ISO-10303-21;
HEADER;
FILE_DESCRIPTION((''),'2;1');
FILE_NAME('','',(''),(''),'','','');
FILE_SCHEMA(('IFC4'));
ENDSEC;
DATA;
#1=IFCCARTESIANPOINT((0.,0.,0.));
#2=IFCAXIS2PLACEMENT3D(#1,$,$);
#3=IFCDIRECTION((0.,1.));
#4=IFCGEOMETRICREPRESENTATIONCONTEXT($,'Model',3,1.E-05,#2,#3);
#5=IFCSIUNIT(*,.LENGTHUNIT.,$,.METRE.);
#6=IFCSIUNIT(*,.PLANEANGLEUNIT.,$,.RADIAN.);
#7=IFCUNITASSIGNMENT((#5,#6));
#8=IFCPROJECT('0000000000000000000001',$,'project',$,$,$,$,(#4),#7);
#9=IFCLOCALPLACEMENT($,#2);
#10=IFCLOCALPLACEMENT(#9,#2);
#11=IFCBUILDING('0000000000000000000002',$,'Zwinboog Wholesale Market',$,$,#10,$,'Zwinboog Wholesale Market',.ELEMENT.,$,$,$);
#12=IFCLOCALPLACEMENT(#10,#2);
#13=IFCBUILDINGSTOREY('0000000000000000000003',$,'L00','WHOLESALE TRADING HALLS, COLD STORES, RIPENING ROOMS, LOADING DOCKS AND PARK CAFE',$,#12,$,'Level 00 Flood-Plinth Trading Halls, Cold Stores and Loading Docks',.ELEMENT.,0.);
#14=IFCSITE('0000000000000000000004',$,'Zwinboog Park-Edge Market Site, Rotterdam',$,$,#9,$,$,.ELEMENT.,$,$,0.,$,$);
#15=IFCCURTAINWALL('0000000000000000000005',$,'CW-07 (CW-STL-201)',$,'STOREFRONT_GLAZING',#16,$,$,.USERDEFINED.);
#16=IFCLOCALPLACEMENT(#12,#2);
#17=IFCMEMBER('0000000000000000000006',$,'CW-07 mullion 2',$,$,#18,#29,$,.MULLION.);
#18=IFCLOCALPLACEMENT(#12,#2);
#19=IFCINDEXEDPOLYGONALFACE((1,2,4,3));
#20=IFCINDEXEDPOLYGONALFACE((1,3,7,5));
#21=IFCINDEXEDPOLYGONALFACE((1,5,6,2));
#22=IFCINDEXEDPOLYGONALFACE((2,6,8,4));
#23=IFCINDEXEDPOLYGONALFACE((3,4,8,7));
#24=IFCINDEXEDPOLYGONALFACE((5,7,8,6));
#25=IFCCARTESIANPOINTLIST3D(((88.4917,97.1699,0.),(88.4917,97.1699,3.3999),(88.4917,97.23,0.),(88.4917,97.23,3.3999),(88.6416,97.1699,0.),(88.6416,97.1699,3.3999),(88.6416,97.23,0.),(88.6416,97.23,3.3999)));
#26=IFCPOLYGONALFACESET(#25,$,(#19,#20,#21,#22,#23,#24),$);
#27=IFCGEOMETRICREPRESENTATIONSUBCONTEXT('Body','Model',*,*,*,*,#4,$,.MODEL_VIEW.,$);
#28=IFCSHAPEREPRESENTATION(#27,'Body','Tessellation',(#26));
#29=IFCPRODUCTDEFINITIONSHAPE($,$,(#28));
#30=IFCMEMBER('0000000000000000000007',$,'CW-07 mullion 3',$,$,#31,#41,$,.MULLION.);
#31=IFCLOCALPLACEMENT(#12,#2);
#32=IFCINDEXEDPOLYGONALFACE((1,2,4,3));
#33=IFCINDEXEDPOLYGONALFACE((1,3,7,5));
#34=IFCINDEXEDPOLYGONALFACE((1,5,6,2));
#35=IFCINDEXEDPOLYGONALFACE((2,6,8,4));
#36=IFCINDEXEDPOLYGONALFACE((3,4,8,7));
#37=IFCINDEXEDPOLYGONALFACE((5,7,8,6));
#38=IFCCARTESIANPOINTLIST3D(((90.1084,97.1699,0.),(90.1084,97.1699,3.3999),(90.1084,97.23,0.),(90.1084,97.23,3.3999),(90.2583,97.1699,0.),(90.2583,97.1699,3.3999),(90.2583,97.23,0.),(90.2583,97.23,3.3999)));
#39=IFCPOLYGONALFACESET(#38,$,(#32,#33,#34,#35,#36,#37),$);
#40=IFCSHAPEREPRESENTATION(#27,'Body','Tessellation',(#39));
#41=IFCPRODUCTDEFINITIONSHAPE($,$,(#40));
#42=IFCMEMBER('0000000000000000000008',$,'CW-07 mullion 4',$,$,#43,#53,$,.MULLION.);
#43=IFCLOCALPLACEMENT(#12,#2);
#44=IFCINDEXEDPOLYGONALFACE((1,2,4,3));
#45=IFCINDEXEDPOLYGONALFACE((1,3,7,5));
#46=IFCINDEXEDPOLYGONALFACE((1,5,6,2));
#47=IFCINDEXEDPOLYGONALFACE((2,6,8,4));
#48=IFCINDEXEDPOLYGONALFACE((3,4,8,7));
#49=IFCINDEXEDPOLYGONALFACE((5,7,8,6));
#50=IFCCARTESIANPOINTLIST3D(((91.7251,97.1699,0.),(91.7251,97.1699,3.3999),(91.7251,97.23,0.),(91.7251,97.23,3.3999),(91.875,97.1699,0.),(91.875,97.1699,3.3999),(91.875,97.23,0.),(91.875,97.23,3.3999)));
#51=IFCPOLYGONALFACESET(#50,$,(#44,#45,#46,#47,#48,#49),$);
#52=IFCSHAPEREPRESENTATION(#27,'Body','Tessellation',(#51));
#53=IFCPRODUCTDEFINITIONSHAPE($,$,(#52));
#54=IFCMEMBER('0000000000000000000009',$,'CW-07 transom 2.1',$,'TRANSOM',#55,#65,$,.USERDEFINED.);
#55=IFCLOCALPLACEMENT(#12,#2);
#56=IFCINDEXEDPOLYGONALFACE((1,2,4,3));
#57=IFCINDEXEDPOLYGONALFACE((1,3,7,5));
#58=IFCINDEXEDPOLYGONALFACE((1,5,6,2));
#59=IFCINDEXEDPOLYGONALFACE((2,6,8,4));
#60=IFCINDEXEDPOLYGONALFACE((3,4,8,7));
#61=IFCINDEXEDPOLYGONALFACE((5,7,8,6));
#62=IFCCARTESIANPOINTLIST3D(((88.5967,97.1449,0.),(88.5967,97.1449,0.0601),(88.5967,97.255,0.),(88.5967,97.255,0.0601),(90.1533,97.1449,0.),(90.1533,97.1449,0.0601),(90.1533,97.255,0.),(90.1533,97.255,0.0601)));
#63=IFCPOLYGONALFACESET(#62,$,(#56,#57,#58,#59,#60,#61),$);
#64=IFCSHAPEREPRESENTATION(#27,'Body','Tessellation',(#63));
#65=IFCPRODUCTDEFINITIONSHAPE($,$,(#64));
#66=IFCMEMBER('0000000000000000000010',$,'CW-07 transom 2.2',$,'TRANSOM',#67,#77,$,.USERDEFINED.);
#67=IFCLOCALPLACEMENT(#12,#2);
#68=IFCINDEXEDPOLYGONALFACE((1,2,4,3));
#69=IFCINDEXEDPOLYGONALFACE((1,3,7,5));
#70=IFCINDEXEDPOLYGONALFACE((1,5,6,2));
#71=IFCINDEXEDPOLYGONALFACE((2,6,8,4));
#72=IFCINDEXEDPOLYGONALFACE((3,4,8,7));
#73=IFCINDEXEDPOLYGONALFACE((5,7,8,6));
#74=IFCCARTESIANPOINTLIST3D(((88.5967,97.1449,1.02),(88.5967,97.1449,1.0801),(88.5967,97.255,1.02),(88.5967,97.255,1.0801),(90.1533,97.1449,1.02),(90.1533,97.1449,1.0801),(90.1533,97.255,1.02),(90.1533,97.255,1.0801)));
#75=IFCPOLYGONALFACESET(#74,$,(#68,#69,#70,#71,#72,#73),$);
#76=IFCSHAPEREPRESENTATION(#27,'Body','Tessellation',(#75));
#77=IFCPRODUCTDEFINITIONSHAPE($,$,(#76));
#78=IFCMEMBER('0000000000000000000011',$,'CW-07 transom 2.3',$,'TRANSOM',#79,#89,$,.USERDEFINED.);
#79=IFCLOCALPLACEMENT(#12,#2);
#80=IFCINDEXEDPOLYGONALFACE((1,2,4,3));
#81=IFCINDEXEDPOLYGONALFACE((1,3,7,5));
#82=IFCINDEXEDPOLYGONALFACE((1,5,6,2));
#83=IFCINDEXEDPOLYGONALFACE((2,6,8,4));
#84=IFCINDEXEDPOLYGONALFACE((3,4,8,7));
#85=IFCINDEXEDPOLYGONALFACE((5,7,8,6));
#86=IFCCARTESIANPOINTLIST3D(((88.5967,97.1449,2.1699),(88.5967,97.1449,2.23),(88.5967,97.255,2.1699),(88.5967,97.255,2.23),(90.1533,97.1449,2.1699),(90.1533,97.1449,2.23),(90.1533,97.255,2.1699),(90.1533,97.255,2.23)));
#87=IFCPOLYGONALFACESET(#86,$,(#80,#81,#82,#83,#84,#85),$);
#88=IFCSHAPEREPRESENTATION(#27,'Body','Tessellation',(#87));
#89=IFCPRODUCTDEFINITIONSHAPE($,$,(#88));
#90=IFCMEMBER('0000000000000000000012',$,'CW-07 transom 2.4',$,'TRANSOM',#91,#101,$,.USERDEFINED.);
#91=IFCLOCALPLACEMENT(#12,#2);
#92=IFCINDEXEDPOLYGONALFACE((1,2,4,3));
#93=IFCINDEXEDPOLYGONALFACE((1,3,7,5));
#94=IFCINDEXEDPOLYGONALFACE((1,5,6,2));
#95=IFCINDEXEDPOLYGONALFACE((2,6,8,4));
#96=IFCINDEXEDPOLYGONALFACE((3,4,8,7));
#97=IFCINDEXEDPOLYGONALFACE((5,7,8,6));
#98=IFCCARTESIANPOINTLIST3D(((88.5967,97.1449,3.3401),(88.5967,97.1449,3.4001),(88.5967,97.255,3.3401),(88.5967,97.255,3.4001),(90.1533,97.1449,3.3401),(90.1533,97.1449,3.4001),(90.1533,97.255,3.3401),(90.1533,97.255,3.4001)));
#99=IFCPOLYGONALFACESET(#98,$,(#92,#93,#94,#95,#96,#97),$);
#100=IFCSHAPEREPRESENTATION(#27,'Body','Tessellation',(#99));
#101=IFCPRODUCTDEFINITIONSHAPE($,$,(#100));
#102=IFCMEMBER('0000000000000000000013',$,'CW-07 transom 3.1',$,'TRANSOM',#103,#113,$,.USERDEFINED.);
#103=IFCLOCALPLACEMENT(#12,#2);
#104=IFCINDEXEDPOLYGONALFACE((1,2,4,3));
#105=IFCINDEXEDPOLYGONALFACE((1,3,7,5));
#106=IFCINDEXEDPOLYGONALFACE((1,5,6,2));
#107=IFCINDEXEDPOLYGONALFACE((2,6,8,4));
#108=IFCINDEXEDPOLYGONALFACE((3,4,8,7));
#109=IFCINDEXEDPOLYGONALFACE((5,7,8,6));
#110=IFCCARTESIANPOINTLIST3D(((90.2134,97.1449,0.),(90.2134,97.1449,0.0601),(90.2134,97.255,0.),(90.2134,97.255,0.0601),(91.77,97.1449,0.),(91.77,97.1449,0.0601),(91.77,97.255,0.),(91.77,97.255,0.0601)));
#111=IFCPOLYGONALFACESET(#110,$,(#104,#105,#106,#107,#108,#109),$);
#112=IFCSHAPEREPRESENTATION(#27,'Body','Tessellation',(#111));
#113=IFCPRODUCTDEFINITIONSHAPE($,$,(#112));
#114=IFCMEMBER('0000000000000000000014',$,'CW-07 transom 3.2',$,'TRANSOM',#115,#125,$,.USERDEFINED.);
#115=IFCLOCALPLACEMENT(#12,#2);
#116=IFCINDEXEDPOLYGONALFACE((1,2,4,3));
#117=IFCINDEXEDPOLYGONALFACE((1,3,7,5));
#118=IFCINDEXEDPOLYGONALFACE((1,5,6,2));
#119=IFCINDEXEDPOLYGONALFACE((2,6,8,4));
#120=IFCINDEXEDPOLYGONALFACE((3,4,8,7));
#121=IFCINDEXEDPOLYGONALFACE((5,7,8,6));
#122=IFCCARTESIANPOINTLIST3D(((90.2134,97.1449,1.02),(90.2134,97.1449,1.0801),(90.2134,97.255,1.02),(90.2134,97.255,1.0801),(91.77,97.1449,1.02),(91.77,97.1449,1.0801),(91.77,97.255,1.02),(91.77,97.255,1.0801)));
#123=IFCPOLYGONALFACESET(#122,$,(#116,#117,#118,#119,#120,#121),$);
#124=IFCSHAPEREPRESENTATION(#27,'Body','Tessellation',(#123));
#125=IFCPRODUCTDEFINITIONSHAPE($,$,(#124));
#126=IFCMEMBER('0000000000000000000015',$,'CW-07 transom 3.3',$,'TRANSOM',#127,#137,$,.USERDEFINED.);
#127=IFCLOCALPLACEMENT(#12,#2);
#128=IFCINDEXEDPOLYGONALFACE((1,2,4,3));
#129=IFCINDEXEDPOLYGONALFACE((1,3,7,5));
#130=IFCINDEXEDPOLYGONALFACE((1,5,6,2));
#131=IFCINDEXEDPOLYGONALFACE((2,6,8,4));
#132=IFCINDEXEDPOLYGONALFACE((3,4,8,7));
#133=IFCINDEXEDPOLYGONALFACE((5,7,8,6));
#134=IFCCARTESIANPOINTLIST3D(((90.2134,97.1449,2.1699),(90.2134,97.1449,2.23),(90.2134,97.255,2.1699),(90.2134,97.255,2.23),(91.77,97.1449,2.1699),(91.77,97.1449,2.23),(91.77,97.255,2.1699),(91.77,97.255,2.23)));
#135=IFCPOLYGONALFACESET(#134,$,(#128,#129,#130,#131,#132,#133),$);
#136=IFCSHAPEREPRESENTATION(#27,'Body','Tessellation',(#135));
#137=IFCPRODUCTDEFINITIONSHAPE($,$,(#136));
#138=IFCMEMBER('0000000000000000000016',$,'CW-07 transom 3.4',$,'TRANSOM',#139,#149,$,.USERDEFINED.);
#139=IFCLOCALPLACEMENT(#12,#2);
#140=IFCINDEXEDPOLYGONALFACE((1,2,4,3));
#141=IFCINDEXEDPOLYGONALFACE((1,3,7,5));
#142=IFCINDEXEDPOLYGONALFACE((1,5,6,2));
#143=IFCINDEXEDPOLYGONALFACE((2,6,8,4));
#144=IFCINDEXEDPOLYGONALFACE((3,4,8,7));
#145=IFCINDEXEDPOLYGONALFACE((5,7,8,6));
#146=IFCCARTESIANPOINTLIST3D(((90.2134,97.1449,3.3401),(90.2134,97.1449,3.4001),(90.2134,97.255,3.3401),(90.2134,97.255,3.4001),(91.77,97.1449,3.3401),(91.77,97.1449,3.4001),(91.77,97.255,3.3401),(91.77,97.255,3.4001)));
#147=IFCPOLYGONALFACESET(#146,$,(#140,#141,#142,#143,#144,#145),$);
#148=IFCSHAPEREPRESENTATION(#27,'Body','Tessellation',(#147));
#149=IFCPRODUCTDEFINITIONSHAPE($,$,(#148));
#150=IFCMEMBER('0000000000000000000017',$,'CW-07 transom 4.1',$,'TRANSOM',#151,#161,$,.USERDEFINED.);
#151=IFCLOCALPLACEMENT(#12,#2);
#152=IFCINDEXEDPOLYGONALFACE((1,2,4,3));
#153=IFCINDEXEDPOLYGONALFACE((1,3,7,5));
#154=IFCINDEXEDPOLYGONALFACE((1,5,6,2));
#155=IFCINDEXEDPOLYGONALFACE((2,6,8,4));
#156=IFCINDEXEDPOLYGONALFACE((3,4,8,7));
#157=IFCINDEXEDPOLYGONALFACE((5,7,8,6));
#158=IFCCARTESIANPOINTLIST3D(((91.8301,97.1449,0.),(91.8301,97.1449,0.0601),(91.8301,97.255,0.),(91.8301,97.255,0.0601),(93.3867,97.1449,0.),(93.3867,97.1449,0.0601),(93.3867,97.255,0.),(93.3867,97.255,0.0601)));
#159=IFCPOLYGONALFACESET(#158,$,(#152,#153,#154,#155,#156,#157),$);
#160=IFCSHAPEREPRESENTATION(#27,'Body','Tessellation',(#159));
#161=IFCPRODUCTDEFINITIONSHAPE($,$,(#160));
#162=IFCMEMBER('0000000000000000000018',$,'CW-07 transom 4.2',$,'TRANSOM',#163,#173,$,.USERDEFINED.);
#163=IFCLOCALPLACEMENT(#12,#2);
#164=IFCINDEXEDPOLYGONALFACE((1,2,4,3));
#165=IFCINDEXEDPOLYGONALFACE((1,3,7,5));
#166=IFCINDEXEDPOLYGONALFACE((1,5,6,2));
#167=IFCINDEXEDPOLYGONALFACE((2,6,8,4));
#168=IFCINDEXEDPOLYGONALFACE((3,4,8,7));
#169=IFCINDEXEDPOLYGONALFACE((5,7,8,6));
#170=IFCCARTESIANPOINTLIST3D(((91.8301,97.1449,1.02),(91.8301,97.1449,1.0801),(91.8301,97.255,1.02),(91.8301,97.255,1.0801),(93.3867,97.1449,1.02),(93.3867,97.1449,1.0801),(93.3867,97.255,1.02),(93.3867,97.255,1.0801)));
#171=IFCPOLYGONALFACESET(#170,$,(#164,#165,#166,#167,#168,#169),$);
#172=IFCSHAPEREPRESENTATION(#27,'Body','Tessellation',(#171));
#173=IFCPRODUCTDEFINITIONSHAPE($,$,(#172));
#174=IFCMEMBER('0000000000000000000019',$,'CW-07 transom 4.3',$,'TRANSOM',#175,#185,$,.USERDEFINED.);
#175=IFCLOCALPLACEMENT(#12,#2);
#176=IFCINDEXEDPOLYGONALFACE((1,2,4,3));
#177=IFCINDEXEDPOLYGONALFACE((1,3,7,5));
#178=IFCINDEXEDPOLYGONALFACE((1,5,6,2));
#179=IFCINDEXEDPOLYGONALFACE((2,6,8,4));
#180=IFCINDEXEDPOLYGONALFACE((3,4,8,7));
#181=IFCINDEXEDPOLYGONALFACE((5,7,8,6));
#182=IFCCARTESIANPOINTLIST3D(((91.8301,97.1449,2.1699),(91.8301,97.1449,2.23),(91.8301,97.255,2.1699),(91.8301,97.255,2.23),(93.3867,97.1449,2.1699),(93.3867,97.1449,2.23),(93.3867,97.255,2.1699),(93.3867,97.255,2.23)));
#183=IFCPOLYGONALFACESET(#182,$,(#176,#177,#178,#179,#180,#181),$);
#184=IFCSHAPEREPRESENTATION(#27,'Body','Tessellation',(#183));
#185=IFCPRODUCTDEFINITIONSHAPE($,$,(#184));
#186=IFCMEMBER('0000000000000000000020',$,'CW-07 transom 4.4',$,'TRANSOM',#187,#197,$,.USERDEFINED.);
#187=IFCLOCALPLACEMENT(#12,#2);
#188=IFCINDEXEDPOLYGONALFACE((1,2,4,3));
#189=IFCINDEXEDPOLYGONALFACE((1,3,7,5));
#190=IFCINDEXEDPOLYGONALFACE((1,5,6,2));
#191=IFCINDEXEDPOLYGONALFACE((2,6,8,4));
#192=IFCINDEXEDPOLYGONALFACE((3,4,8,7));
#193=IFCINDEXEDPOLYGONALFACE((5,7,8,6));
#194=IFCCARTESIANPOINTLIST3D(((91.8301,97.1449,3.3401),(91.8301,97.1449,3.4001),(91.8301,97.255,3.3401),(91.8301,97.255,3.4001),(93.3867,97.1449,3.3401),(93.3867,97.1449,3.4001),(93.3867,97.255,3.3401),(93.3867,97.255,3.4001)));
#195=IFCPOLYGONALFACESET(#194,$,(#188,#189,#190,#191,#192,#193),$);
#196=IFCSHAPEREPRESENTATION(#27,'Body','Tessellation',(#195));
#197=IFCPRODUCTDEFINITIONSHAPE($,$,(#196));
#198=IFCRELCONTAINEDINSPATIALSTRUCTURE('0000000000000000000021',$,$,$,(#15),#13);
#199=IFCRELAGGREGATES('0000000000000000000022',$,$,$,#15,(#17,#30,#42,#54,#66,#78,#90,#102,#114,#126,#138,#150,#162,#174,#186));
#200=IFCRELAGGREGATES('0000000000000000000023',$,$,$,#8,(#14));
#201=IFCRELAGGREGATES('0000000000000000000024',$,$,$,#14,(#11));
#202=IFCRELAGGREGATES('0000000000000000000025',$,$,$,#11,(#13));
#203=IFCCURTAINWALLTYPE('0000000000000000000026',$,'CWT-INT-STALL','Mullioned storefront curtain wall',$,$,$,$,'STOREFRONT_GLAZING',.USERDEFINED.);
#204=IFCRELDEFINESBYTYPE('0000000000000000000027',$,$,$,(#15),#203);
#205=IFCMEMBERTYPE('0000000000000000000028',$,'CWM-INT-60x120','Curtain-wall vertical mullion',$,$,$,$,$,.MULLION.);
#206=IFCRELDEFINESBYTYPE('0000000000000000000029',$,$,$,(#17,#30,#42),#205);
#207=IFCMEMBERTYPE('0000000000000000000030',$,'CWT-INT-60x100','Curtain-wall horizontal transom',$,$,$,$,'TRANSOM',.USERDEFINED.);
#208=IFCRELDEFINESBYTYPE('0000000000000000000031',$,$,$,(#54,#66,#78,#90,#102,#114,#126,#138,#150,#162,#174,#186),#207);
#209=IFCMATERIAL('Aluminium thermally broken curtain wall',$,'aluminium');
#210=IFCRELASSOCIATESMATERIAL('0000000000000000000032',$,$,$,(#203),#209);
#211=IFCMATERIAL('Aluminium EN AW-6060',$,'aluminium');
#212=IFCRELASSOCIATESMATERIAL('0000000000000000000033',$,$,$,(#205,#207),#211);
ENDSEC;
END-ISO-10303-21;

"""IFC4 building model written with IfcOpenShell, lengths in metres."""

from ifc_helpers import new_model, si_unit, direction, frame, origin, origin_2d, place, context, subcontext, project, spatial, rectangle, extrude, material, material_profile, profile_set, type_object, element, aggregate, save


model = new_model("IFC4")

# Units and contexts
model_context = context("Model", 3, precision=1e-05, world=origin(), true_north=direction((0.0, 1.0)))
body_context = subcontext(model_context, "Body", "Model", "MODEL_VIEW")
ifc_project = project(units=[si_unit("LENGTHUNIT", "METRE"), si_unit("PLANEANGLEUNIT", "RADIAN")], contexts=[model_context])

# Site, building, storey
site_placement = place(None, origin())
site = spatial("IfcSite", under=ifc_project, at=site_placement, Name="Zwinboog Park-Edge Market Site, Rotterdam", CompositionType="ELEMENT", RefElevation=0.0)
building_placement = place(site_placement, origin())
building = spatial("IfcBuilding", under=site, at=building_placement, Name="Zwinboog Wholesale Market", LongName="Zwinboog Wholesale Market", CompositionType="ELEMENT")
storey_placement = place(building_placement, origin())
storey = spatial("IfcBuildingStorey", under=building, at=storey_placement, Name="L00", Description="WHOLESALE TRADING HALLS, COLD STORES, RIPENING ROOMS, LOADING DOCKS AND PARK CAFE", LongName="Level 00 Flood-Plinth Trading Halls, Cold Stores and Loading Docks", CompositionType="ELEMENT", Elevation=0.0)

# Curtain wall, members
ifc_material_1 = material(Name="Aluminium thermally broken curtain wall", Category="aluminium")
curtain_wall_type = type_object("IfcCurtainWallType", Name="CWT-INT-STALL", Description="Mullioned storefront curtain wall", ElementType="STOREFRONT_GLAZING", PredefinedType="USERDEFINED", material=ifc_material_1)
curtain_wall_placement = place(storey_placement, origin())
curtain_wall = element("IfcCurtainWall", 1, at=curtain_wall_placement, inside=storey, type_object=curtain_wall_type, Name="CW-07 (CW-STL-201)", ObjectType="STOREFRONT_GLAZING", PredefinedType="USERDEFINED")
ifc_material_2 = material(Name="Aluminium EN AW-6060", Category="aluminium")
ifc_material_profile_1 = material_profile(ifc_material_2, rectangle(XDim=0.0601, YDim=0.1499, at=origin_2d()), Name="AL 60x150")
ifc_profile_set_1 = profile_set([ifc_material_profile_1], Name="Aluminium EN AW-6060")
member_type_1 = type_object("IfcMemberType", Name="CWM-INT-60x120", Description="Curtain-wall vertical mullion", PredefinedType="MULLION", material=ifc_profile_set_1)
member_1_placement = place(storey_placement, frame((88.5667, 97.2, 0.0), z_axis=(0.0, 0.0, 1.0), x_axis=(0.0, 1.0, 0.0)))
member_1 = element("IfcMember", 2, at=member_1_placement, type_object=member_type_1, Name="CW-07 mullion 2", PredefinedType="MULLION", context=body_context, shape_type="SweptSolid", body=[
    extrude(rectangle(XDim=0.0601, YDim=0.1499, at=origin_2d()), origin(), (0.0, 0.0, 1.0), 3.3999),
])
member_2_placement = place(storey_placement, frame((90.1833, 97.2, 0.0), z_axis=(0.0, 0.0, 1.0), x_axis=(0.0, 1.0, 0.0)))
member_2 = element("IfcMember", 3, at=member_2_placement, type_object=member_type_1, Name="CW-07 mullion 3", PredefinedType="MULLION", context=body_context, shape_type="SweptSolid", body=[
    extrude(rectangle(XDim=0.0601, YDim=0.1499, at=origin_2d()), origin(), (0.0, 0.0, 1.0), 3.3999),
])
member_3_placement = place(storey_placement, frame((91.8, 97.2, 0.0), z_axis=(0.0, 0.0, 1.0), x_axis=(0.0, 1.0, 0.0)))
member_3 = element("IfcMember", 4, at=member_3_placement, type_object=member_type_1, Name="CW-07 mullion 4", PredefinedType="MULLION", context=body_context, shape_type="SweptSolid", body=[
    extrude(rectangle(XDim=0.0601, YDim=0.1499, at=origin_2d()), origin(), (0.0, 0.0, 1.0), 3.3999),
])
ifc_material_profile_2 = material_profile(ifc_material_2, rectangle(XDim=0.1101, YDim=0.0601, at=origin_2d()), Name="AL 60x110")
ifc_profile_set_2 = profile_set([ifc_material_profile_2], Name="Aluminium EN AW-6060")
member_type_2 = type_object("IfcMemberType", Name="CWT-INT-60x100", Description="Curtain-wall horizontal transom", ElementType="TRANSOM", PredefinedType="USERDEFINED", material=ifc_profile_set_2)
member_4_placement = place(storey_placement, frame((88.5967, 97.2, 0.03), z_axis=(1.0, 0.0, 0.0), x_axis=(0.0, 1.0, 0.0)))
member_4 = element("IfcMember", 5, at=member_4_placement, type_object=member_type_2, Name="CW-07 transom 2.1", ObjectType="TRANSOM", PredefinedType="USERDEFINED", context=body_context, shape_type="SweptSolid", body=[
    extrude(rectangle(XDim=0.1101, YDim=0.0601, at=origin_2d()), origin(), (0.0, 0.0, 1.0), 1.5566),
])
member_5_placement = place(storey_placement, frame((88.5967, 97.2, 1.05), z_axis=(1.0, 0.0, 0.0), x_axis=(0.0, 1.0, 0.0)))
member_5 = element("IfcMember", 6, at=member_5_placement, type_object=member_type_2, Name="CW-07 transom 2.2", ObjectType="TRANSOM", PredefinedType="USERDEFINED", context=body_context, shape_type="SweptSolid", body=[
    extrude(rectangle(XDim=0.1101, YDim=0.0601, at=origin_2d()), origin(), (0.0, 0.0, 1.0), 1.5566),
])
member_6_placement = place(storey_placement, frame((88.5967, 97.2, 2.2), z_axis=(1.0, 0.0, 0.0), x_axis=(0.0, 1.0, 0.0)))
member_6 = element("IfcMember", 7, at=member_6_placement, type_object=member_type_2, Name="CW-07 transom 2.3", ObjectType="TRANSOM", PredefinedType="USERDEFINED", context=body_context, shape_type="SweptSolid", body=[
    extrude(rectangle(XDim=0.1101, YDim=0.0601, at=origin_2d()), origin(), (0.0, 0.0, 1.0), 1.5566),
])
member_7_placement = place(storey_placement, frame((88.5967, 97.2, 3.3701), z_axis=(1.0, 0.0, 0.0), x_axis=(0.0, 1.0, 0.0)))
member_7 = element("IfcMember", 8, at=member_7_placement, type_object=member_type_2, Name="CW-07 transom 2.4", ObjectType="TRANSOM", PredefinedType="USERDEFINED", context=body_context, shape_type="SweptSolid", body=[
    extrude(rectangle(XDim=0.1101, YDim=0.0601, at=origin_2d()), origin(), (0.0, 0.0, 1.0), 1.5566),
])
member_8_placement = place(storey_placement, frame((90.2134, 97.2, 0.03), z_axis=(1.0, 0.0, 0.0), x_axis=(0.0, 1.0, 0.0)))
member_8 = element("IfcMember", 9, at=member_8_placement, type_object=member_type_2, Name="CW-07 transom 3.1", ObjectType="TRANSOM", PredefinedType="USERDEFINED", context=body_context, shape_type="SweptSolid", body=[
    extrude(rectangle(XDim=0.1101, YDim=0.0601, at=origin_2d()), origin(), (0.0, 0.0, 1.0), 1.5566),
])
member_9_placement = place(storey_placement, frame((90.2134, 97.2, 1.05), z_axis=(1.0, 0.0, 0.0), x_axis=(0.0, 1.0, 0.0)))
member_9 = element("IfcMember", 10, at=member_9_placement, type_object=member_type_2, Name="CW-07 transom 3.2", ObjectType="TRANSOM", PredefinedType="USERDEFINED", context=body_context, shape_type="SweptSolid", body=[
    extrude(rectangle(XDim=0.1101, YDim=0.0601, at=origin_2d()), origin(), (0.0, 0.0, 1.0), 1.5566),
])
member_10_placement = place(storey_placement, frame((90.2134, 97.2, 2.2), z_axis=(1.0, 0.0, 0.0), x_axis=(0.0, 1.0, 0.0)))
member_10 = element("IfcMember", 11, at=member_10_placement, type_object=member_type_2, Name="CW-07 transom 3.3", ObjectType="TRANSOM", PredefinedType="USERDEFINED", context=body_context, shape_type="SweptSolid", body=[
    extrude(rectangle(XDim=0.1101, YDim=0.0601, at=origin_2d()), origin(), (0.0, 0.0, 1.0), 1.5566),
])
member_11_placement = place(storey_placement, frame((90.2134, 97.2, 3.3701), z_axis=(1.0, 0.0, 0.0), x_axis=(0.0, 1.0, 0.0)))
member_11 = element("IfcMember", 12, at=member_11_placement, type_object=member_type_2, Name="CW-07 transom 3.4", ObjectType="TRANSOM", PredefinedType="USERDEFINED", context=body_context, shape_type="SweptSolid", body=[
    extrude(rectangle(XDim=0.1101, YDim=0.0601, at=origin_2d()), origin(), (0.0, 0.0, 1.0), 1.5566),
])
member_12_placement = place(storey_placement, frame((91.8301, 97.2, 0.03), z_axis=(1.0, 0.0, 0.0), x_axis=(0.0, 1.0, 0.0)))
member_12 = element("IfcMember", 13, at=member_12_placement, type_object=member_type_2, Name="CW-07 transom 4.1", ObjectType="TRANSOM", PredefinedType="USERDEFINED", context=body_context, shape_type="SweptSolid", body=[
    extrude(rectangle(XDim=0.1101, YDim=0.0601, at=origin_2d()), origin(), (0.0, 0.0, 1.0), 1.5566),
])
member_13_placement = place(storey_placement, frame((91.8301, 97.2, 1.05), z_axis=(1.0, 0.0, 0.0), x_axis=(0.0, 1.0, 0.0)))
member_13 = element("IfcMember", 14, at=member_13_placement, type_object=member_type_2, Name="CW-07 transom 4.2", ObjectType="TRANSOM", PredefinedType="USERDEFINED", context=body_context, shape_type="SweptSolid", body=[
    extrude(rectangle(XDim=0.1101, YDim=0.0601, at=origin_2d()), origin(), (0.0, 0.0, 1.0), 1.5566),
])
member_14_placement = place(storey_placement, frame((91.8301, 97.2, 2.2), z_axis=(1.0, 0.0, 0.0), x_axis=(0.0, 1.0, 0.0)))
member_14 = element("IfcMember", 15, at=member_14_placement, type_object=member_type_2, Name="CW-07 transom 4.3", ObjectType="TRANSOM", PredefinedType="USERDEFINED", context=body_context, shape_type="SweptSolid", body=[
    extrude(rectangle(XDim=0.1101, YDim=0.0601, at=origin_2d()), origin(), (0.0, 0.0, 1.0), 1.5566),
])
member_15_placement = place(storey_placement, frame((91.8301, 97.2, 3.3701), z_axis=(1.0, 0.0, 0.0), x_axis=(0.0, 1.0, 0.0)))
member_15 = element("IfcMember", 16, at=member_15_placement, type_object=member_type_2, Name="CW-07 transom 4.4", ObjectType="TRANSOM", PredefinedType="USERDEFINED", context=body_context, shape_type="SweptSolid", body=[
    extrude(rectangle(XDim=0.1101, YDim=0.0601, at=origin_2d()), origin(), (0.0, 0.0, 1.0), 1.5566),
])
aggregate(curtain_wall, [member_1, member_2, member_3, member_4, member_5, member_6, member_7, member_8, member_9, member_10, member_11, member_12, member_13, member_14, member_15])

save(model, "model.ifc")
